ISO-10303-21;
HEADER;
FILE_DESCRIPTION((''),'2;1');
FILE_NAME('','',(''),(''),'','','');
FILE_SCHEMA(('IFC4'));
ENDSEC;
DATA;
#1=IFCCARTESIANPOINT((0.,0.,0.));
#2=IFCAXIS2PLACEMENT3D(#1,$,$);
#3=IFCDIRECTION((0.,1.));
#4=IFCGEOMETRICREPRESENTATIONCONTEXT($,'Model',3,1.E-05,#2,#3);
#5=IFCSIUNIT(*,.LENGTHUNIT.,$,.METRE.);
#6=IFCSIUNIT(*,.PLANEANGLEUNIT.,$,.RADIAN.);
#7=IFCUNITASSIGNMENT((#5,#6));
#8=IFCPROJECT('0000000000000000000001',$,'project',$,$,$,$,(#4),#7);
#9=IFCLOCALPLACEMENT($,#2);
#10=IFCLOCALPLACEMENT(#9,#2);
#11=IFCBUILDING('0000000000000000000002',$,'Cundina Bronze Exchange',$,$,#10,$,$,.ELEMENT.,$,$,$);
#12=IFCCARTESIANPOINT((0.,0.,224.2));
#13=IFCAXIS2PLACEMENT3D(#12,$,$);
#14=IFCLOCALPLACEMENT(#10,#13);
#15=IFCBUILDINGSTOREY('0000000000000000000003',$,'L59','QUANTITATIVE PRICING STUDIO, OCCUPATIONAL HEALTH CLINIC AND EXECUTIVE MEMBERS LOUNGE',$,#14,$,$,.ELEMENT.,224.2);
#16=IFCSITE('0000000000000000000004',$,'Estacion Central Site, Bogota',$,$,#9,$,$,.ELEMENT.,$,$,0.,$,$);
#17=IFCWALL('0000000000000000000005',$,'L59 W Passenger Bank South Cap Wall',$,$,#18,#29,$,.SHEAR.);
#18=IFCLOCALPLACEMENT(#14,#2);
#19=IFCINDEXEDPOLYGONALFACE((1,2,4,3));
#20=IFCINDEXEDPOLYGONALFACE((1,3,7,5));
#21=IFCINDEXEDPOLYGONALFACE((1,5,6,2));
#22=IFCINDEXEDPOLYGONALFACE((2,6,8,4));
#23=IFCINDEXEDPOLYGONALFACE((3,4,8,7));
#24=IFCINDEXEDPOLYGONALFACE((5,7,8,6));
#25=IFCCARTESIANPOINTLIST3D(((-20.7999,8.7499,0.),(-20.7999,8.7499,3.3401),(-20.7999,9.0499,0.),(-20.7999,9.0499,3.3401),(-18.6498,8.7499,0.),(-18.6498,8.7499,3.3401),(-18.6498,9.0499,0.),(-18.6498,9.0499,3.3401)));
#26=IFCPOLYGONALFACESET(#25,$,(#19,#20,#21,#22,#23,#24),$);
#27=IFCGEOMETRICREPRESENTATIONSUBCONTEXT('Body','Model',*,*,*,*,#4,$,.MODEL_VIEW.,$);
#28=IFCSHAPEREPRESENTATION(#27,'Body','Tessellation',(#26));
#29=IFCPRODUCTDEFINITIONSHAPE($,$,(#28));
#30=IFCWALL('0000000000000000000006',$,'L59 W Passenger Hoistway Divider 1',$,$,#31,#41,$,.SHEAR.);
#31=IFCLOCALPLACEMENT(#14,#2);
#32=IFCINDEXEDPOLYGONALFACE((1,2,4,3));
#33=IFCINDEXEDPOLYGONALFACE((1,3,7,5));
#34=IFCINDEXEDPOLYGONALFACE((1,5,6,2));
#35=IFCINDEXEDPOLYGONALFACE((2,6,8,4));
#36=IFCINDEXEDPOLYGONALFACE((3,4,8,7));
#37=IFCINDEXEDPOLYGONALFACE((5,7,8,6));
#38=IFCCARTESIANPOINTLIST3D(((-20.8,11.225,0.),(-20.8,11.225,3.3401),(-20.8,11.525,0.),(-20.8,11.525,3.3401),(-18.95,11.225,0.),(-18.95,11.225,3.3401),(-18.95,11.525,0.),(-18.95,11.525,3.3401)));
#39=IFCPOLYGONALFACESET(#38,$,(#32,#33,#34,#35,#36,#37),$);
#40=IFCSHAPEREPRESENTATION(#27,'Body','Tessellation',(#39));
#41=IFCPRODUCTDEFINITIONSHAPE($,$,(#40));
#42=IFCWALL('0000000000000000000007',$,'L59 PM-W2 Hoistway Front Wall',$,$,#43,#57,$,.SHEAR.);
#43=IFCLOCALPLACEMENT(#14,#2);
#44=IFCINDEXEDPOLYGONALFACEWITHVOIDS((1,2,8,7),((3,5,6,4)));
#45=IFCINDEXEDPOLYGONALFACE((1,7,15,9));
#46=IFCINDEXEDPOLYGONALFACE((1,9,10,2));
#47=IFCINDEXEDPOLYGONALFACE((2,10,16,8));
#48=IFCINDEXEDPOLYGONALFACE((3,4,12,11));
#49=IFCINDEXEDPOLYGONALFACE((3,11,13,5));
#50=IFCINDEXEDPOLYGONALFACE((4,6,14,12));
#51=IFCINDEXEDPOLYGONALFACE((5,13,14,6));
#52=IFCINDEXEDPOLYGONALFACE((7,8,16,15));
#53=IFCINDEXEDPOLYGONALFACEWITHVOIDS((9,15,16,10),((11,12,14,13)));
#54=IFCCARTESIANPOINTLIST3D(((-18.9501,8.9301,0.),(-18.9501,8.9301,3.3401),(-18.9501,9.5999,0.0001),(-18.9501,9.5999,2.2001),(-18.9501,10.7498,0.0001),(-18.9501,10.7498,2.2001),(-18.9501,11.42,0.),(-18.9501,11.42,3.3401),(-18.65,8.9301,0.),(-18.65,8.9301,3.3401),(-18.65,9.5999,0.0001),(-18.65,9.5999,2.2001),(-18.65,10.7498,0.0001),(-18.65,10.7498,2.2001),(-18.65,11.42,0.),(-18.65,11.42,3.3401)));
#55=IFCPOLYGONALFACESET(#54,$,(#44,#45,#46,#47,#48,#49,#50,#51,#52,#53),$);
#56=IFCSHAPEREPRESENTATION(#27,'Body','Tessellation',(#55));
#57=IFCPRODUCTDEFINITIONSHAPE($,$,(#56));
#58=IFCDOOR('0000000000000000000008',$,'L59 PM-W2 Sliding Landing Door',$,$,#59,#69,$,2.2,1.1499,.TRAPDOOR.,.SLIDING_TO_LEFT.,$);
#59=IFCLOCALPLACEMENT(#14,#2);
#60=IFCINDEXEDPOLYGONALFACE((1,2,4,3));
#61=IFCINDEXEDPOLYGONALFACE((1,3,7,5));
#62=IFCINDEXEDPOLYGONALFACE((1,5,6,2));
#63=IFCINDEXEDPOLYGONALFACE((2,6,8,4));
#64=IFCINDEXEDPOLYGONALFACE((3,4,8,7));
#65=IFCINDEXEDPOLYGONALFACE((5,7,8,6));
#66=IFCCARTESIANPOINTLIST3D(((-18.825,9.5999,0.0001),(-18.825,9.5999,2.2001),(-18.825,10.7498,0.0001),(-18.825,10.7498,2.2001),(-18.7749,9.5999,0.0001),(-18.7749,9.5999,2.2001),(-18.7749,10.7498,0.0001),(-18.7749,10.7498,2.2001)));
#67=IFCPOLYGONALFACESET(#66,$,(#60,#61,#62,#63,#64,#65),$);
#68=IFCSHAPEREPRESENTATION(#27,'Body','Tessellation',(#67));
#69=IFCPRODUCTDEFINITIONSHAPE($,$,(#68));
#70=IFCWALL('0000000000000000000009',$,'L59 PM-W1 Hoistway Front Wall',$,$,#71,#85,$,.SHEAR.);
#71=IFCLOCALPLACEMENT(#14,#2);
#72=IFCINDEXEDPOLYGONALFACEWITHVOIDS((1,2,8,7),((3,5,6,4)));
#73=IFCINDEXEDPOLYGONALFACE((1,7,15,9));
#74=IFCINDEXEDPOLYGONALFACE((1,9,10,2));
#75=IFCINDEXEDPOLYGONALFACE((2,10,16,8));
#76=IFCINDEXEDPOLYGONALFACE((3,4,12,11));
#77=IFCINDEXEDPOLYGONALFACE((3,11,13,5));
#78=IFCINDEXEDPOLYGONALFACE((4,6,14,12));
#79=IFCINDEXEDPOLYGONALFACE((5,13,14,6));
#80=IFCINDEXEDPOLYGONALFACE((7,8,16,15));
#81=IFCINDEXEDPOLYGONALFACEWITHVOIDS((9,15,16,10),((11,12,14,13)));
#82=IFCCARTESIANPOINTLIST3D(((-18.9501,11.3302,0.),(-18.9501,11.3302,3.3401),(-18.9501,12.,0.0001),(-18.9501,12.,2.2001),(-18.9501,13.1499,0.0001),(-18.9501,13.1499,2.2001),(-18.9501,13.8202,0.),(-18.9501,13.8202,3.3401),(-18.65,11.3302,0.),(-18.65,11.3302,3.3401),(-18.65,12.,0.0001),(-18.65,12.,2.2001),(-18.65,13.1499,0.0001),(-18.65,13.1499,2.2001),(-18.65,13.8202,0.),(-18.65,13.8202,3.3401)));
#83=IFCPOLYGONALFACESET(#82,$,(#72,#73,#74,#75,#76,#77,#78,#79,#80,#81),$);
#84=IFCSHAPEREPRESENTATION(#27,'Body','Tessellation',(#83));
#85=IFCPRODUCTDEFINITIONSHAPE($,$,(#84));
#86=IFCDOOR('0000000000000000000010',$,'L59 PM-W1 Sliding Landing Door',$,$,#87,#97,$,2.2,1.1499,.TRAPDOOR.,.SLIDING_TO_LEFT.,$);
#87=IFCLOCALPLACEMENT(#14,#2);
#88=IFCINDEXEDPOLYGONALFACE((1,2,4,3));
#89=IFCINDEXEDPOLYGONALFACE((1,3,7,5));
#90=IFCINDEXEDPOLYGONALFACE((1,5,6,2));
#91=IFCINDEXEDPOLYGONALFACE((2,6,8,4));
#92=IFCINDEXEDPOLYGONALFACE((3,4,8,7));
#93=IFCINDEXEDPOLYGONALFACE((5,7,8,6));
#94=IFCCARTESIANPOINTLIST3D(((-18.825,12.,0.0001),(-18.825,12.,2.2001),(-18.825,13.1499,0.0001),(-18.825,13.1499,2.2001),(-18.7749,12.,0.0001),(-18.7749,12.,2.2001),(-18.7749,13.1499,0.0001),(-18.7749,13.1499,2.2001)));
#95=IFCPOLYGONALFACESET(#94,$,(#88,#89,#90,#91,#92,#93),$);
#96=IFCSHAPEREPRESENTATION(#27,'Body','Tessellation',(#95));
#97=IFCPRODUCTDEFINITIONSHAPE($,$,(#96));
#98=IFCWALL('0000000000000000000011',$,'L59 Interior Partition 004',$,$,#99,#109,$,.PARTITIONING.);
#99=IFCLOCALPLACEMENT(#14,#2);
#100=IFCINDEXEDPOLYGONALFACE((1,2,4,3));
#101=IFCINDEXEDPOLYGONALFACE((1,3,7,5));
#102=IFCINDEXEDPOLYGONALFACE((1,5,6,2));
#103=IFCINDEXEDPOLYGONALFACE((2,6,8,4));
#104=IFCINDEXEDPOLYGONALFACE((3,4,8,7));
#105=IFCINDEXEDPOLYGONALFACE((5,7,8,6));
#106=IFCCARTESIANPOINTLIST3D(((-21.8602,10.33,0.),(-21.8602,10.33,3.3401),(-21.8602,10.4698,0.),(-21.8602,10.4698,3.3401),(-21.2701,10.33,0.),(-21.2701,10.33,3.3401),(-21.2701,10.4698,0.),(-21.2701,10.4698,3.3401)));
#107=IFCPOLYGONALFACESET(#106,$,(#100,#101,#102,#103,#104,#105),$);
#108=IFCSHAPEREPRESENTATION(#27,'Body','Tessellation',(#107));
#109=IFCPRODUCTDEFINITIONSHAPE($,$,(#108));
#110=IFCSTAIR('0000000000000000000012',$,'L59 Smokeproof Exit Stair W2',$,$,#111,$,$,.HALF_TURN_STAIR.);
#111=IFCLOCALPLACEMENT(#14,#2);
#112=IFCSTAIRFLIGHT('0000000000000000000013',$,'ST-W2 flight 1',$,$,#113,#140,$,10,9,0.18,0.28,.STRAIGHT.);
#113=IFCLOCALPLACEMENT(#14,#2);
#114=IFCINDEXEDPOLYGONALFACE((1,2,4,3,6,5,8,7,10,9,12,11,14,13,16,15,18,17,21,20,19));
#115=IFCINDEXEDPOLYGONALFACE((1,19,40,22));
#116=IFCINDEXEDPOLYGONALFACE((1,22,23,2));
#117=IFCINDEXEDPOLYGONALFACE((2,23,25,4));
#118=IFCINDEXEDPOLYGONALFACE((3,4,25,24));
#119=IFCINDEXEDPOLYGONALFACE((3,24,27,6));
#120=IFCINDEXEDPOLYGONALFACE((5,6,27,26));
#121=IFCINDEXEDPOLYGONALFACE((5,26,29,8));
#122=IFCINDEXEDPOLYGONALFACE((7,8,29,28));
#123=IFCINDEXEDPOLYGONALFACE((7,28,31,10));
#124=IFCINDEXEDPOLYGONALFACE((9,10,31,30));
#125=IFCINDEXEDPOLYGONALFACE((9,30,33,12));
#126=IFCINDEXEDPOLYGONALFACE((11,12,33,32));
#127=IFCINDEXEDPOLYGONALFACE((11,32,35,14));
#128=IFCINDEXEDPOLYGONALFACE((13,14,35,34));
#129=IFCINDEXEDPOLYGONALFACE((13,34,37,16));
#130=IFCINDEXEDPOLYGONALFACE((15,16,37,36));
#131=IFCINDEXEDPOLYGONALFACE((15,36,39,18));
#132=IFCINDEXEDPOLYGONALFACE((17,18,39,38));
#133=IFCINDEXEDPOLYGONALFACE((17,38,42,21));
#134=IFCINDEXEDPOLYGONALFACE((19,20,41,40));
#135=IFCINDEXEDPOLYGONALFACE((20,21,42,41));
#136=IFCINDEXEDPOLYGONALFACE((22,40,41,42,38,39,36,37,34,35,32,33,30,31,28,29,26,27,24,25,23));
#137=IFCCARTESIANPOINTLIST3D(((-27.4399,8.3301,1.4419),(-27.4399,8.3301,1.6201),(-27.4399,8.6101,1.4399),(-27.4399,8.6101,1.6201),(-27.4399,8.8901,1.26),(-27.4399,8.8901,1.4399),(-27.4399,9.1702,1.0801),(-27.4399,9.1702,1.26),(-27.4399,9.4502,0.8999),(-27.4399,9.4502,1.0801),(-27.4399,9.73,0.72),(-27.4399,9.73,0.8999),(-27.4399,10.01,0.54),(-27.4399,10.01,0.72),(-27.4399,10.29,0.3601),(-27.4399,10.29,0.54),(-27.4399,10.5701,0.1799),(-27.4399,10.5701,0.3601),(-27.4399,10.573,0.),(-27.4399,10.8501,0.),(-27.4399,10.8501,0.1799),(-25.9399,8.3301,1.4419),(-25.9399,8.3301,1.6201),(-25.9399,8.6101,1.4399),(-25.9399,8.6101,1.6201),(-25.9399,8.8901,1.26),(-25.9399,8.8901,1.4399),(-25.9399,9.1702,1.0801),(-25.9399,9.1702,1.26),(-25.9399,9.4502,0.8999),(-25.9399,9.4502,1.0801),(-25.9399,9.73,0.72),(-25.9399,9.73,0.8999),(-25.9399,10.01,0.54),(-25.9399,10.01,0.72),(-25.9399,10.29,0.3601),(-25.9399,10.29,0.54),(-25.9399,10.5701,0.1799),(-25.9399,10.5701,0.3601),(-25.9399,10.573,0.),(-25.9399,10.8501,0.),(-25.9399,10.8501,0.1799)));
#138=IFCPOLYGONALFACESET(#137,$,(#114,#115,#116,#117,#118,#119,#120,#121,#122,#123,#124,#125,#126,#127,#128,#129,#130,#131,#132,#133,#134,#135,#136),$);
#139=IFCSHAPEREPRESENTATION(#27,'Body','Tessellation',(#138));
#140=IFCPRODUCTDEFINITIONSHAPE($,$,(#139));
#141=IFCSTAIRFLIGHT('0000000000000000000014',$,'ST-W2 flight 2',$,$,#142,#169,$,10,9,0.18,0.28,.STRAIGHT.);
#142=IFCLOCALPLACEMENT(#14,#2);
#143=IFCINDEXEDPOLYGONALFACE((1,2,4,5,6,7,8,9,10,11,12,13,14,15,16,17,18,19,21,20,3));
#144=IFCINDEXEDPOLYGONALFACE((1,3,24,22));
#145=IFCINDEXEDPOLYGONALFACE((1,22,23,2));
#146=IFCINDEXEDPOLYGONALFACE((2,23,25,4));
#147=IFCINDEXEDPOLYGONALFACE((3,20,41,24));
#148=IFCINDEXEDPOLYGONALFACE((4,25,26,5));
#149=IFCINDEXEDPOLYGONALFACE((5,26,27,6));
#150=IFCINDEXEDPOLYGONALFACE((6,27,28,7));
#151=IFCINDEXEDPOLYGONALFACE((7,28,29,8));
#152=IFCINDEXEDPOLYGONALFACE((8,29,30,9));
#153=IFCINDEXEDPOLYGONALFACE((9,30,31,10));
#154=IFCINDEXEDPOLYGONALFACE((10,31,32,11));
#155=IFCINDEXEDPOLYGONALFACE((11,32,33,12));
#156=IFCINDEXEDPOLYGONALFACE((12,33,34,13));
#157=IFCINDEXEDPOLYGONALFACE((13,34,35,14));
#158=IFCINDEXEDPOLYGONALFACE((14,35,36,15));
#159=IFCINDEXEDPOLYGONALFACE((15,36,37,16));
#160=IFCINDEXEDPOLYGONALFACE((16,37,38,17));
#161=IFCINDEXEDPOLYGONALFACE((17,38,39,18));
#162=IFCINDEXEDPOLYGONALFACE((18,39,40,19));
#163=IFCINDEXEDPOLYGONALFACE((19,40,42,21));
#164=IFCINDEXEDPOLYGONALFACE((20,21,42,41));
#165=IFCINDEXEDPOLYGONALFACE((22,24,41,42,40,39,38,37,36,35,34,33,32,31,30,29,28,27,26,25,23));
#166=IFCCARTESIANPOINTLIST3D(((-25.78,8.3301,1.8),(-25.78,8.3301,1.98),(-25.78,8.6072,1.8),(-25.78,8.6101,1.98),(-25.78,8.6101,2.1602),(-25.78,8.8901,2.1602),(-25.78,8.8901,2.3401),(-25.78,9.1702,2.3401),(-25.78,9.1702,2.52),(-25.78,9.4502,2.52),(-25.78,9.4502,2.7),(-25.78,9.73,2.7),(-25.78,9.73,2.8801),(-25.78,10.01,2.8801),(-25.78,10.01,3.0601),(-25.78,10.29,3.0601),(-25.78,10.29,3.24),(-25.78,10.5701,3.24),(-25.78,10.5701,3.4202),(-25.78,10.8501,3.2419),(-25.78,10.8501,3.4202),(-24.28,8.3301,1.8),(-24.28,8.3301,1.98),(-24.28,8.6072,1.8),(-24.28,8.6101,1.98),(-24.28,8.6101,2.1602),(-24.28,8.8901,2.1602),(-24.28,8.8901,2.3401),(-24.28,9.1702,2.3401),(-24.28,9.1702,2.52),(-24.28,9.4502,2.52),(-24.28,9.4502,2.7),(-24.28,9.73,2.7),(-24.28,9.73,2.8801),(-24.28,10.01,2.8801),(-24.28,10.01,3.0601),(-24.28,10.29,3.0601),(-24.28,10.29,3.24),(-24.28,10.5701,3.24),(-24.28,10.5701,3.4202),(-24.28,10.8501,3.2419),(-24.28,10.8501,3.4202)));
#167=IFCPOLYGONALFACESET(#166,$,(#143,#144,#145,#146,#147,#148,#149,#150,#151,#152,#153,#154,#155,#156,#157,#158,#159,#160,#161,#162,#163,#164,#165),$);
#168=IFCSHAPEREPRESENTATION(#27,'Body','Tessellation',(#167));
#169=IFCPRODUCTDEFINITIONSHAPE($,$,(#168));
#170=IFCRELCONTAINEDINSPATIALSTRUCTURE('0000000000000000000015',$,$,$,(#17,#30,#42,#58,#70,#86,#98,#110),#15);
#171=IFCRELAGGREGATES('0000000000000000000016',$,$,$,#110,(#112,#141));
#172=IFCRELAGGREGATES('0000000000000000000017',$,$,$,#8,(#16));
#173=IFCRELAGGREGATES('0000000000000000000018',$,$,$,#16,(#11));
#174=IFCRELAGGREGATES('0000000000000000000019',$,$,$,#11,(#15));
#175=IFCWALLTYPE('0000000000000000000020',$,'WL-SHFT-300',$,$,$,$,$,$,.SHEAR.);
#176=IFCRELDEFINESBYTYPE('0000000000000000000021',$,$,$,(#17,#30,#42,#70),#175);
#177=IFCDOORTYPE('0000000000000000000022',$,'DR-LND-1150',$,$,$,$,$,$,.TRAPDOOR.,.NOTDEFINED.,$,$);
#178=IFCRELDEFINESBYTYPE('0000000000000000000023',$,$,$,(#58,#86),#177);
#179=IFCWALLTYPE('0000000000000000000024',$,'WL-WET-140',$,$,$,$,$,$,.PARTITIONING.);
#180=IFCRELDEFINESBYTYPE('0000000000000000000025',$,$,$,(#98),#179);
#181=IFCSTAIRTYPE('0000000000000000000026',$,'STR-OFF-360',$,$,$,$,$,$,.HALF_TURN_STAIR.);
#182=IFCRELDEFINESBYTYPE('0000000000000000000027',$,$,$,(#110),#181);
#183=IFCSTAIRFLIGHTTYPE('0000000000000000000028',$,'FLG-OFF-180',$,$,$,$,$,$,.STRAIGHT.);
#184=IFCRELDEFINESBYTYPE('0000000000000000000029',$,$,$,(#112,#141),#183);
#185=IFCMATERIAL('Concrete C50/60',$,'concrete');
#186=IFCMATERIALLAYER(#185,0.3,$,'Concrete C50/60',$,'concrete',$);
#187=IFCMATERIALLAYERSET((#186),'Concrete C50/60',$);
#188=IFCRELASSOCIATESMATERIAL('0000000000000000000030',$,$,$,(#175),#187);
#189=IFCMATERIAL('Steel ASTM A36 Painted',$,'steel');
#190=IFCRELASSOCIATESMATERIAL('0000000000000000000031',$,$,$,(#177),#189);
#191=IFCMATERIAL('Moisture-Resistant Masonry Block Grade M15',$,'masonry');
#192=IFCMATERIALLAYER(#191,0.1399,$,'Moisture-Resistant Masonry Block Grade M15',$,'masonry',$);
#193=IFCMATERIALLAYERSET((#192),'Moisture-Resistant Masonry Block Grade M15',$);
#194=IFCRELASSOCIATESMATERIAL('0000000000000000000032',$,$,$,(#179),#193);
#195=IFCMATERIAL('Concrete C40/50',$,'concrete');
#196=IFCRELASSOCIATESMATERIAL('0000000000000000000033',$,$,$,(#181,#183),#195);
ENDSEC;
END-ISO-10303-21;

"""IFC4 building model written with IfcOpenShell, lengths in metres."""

from ifc_helpers import new_model, si_unit, direction, frame, frame_2d, origin, place, context, subcontext, project, spatial, polyline, rectangle, outline, extrude, material, layer, layer_set, type_object, element, fill, aggregate, save


model = new_model("IFC4")

# Units and contexts
model_context = context("Model", 3, precision=1e-05, world=origin(), true_north=direction((0.0, 1.0)))
body_context = subcontext(model_context, "Body", "Model", "MODEL_VIEW")
ifc_project = project(units=[si_unit("LENGTHUNIT", "METRE"), si_unit("PLANEANGLEUNIT", "RADIAN")], contexts=[model_context])

# Site, building, storey
site_placement = place(None, origin())
site = spatial("IfcSite", under=ifc_project, at=site_placement, Name="Estacion Central Site, Bogota", CompositionType="ELEMENT", RefElevation=0.0)
building_placement = place(site_placement, origin())
building = spatial("IfcBuilding", under=site, at=building_placement, Name="Cundina Bronze Exchange", CompositionType="ELEMENT")
storey_placement = place(building_placement, frame((0.0, 0.0, 224.2)))
storey = spatial("IfcBuildingStorey", under=building, at=storey_placement, Name="L59", Description="QUANTITATIVE PRICING STUDIO, OCCUPATIONAL HEALTH CLINIC AND EXECUTIVE MEMBERS LOUNGE", CompositionType="ELEMENT", Elevation=224.2)

# Shared definitions
ifc_material_1 = material(Name="Concrete C50/60", Category="concrete")

# Shared definitions
ifc_layer_1 = layer(ifc_material_1, 0.3, Name="Concrete C50/60", Category="concrete")
ifc_layer_set_1 = layer_set([ifc_layer_1], Name="Concrete C50/60")
wall_type_1 = type_object("IfcWallType", Name="WL-SHFT-300", PredefinedType="SHEAR", material=ifc_layer_set_1)
ifc_material_2 = material(Name="Steel ASTM A36 Painted", Category="steel")
door_type_1 = type_object("IfcDoorType", Name="DR-LND-1150", OperationType="NOTDEFINED", PredefinedType="TRAPDOOR", material=ifc_material_2)

# Walls
wall_1_placement = place(storey_placement, frame((-20.8, 8.8999, 0.0), z_axis=(0.0, 0.0, 1.0), x_axis=(1.0, 0.0, 0.0)))
element("IfcWall", 1, at=wall_1_placement, inside=storey, type_object=wall_type_1, Name="L59 W Passenger Bank South Cap Wall", PredefinedType="SHEAR", context=body_context, shape_type="SweptSolid", body=[
    extrude(rectangle(XDim=2.1501, YDim=0.3, at=frame_2d((1.0752, 0.0))), origin(), (0.0, 0.0, 1.0), 3.3401),
])
wall_2_placement = place(storey_placement, frame((-20.8, 11.375, 0.0), z_axis=(0.0, 0.0, 1.0), x_axis=(1.0, 0.0, 0.0)))
element("IfcWall", 2, at=wall_2_placement, inside=storey, type_object=wall_type_1, Name="L59 W Passenger Hoistway Divider 1", PredefinedType="SHEAR", context=body_context, shape_type="SweptSolid", body=[
    extrude(rectangle(XDim=1.8501, YDim=0.3, at=frame_2d((0.925, 0.0))), origin(), (0.0, 0.0, 1.0), 3.3401),
])

# Walls, openings, doors
wall_3_placement = place(storey_placement, frame((-18.8, 8.9299, 0.0), z_axis=(0.0, 0.0, 1.0), x_axis=(0.0, 1.0, 0.0)))
wall_3 = element("IfcWall", 3, at=wall_3_placement, inside=storey, type_object=wall_type_1, Name="L59 PM-W2 Hoistway Front Wall", PredefinedType="SHEAR", context=body_context, shape_type="SweptSolid", body=[
    extrude(rectangle(XDim=2.49, YDim=0.3, at=frame_2d((1.2451, 0.0))), origin(), (0.0, 0.0, 1.0), 3.3401),
])
opening_1_placement = place(wall_3_placement, frame((0.6699, 0.0, 0.0)))
opening_1 = element("IfcOpeningElement", 4, at=opening_1_placement, cuts=wall_3, PredefinedType="OPENING", context=body_context, shape_type="SweptSolid", body=[
    extrude(rectangle(XDim=1.1499, YDim=2.2, at=frame_2d((0.575, 1.1001))), frame((0.0, 0.1599, 0.0), z_axis=(0.0, -1.0, 0.0), x_axis=(1.0, 0.0, 0.0)), (0.0, 0.0, 1.0), 0.3201),
])
door_1_placement = place(opening_1_placement, origin())
door_1 = element("IfcDoor", 5, at=door_1_placement, inside=storey, type_object=door_type_1, Name="L59 PM-W2 Sliding Landing Door", OperationType="SLIDING_TO_LEFT", OverallHeight=2.2, OverallWidth=1.1499, PredefinedType="TRAPDOOR", context=body_context, shape_type="SweptSolid", body=[
    extrude(rectangle(XDim=1.1499, YDim=2.2, at=frame_2d((0.575, 1.1001))), frame((0.0, 0.0249, 0.0), z_axis=(0.0, -1.0, 0.0), x_axis=(1.0, 0.0, 0.0)), (0.0, 0.0, 1.0), 0.05),
])
fill(opening_1, door_1)
wall_4_placement = place(storey_placement, frame((-18.8, 11.3301, 0.0), z_axis=(0.0, 0.0, 1.0), x_axis=(0.0, 1.0, 0.0)))
wall_4 = element("IfcWall", 6, at=wall_4_placement, inside=storey, type_object=wall_type_1, Name="L59 PM-W1 Hoistway Front Wall", PredefinedType="SHEAR", context=body_context, shape_type="SweptSolid", body=[
    extrude(rectangle(XDim=2.49, YDim=0.3, at=frame_2d((1.2451, 0.0))), origin(), (0.0, 0.0, 1.0), 3.3401),
])
opening_2_placement = place(wall_4_placement, frame((0.6699, 0.0, 0.0)))
opening_2 = element("IfcOpeningElement", 7, at=opening_2_placement, cuts=wall_4, PredefinedType="OPENING", context=body_context, shape_type="SweptSolid", body=[
    extrude(rectangle(XDim=1.1499, YDim=2.2, at=frame_2d((0.575, 1.1001))), frame((0.0, 0.1599, 0.0), z_axis=(0.0, -1.0, 0.0), x_axis=(1.0, 0.0, 0.0)), (0.0, 0.0, 1.0), 0.3201),
])
door_2_placement = place(opening_2_placement, origin())
door_2 = element("IfcDoor", 8, at=door_2_placement, inside=storey, type_object=door_type_1, Name="L59 PM-W1 Sliding Landing Door", OperationType="SLIDING_TO_LEFT", OverallHeight=2.2, OverallWidth=1.1499, PredefinedType="TRAPDOOR", context=body_context, shape_type="SweptSolid", body=[
    extrude(rectangle(XDim=1.1499, YDim=2.2, at=frame_2d((0.575, 1.1001))), frame((0.0, 0.0249, 0.0), z_axis=(0.0, -1.0, 0.0), x_axis=(1.0, 0.0, 0.0)), (0.0, 0.0, 1.0), 0.05),
])
fill(opening_2, door_2)

# Wall
ifc_material_3 = material(Name="Moisture-Resistant Masonry Block Grade M15", Category="masonry")
ifc_layer_2 = layer(ifc_material_3, 0.1399, Name="Moisture-Resistant Masonry Block Grade M15", Category="masonry")
ifc_layer_set_2 = layer_set([ifc_layer_2], Name="Moisture-Resistant Masonry Block Grade M15")
wall_type_2 = type_object("IfcWallType", Name="WL-WET-140", PredefinedType="PARTITIONING", material=ifc_layer_set_2)
wall_5_placement = place(storey_placement, frame((-21.8601, 10.3999, 0.0), z_axis=(0.0, 0.0, 1.0), x_axis=(1.0, 0.0, 0.0)))
element("IfcWall", 9, at=wall_5_placement, inside=storey, type_object=wall_type_2, Name="L59 Interior Partition 004", PredefinedType="PARTITIONING", context=body_context, shape_type="SweptSolid", body=[
    extrude(rectangle(XDim=0.5901, YDim=0.1399, at=frame_2d((0.2949, 0.0))), origin(), (0.0, 0.0, 1.0), 3.3401),
])

# Stair, stair flights
ifc_material_4 = material(Name="Concrete C40/50", Category="concrete")
stair_type = type_object("IfcStairType", Name="STR-OFF-360", PredefinedType="HALF_TURN_STAIR", material=ifc_material_4)
stair_placement = place(storey_placement, origin())
stair = element("IfcStair", 10, at=stair_placement, inside=storey, type_object=stair_type, Name="L59 Smokeproof Exit Stair W2", PredefinedType="HALF_TURN_STAIR")
stair_flight_type = type_object("IfcStairFlightType", Name="FLG-OFF-180", PredefinedType="STRAIGHT", material=ifc_material_4)
stair_flight_1_placement = place(storey_placement, frame((-26.6899, 10.8501, 0.0), z_axis=(0.0, 0.0, 1.0), x_axis=(0.0, -1.0, 0.0)))
stair_flight_1 = element("IfcStairFlight", 11, at=stair_flight_1_placement, type_object=stair_flight_type, Name="ST-W2 flight 1", NumberOfRisers=10, NumberOfTreads=9, PredefinedType="STRAIGHT", RiserHeight=0.18, TreadLength=0.28, context=body_context, shape_type="SweptSolid", body=[
    extrude(outline(polyline([(0.0, 0.0), (0.0, 0.1799), (0.28, 0.1799), (0.28, 0.3601), (0.5601, 0.3601), (0.5601, 0.54), (0.8401, 0.54), (0.8401, 0.72), (1.1201, 0.72), (1.1201, 0.8999), (1.3999, 0.8999), (1.3999, 1.0801), (1.6799, 1.0801), (1.6799, 1.26), (1.96, 1.26), (1.96, 1.4399), (2.24, 1.4399), (2.24, 1.6201), (2.52, 1.6201), (2.52, 1.8), (2.52, 1.4419), (0.2771, 0.0), (0.0, 0.0)])), frame((0.0, 0.75, 0.0), z_axis=(0.0, -1.0, 0.0), x_axis=(1.0, 0.0, 0.0)), (0.0, 0.0, 1.0), 1.5),
])
stair_flight_2_placement = place(storey_placement, frame((-25.03, 8.3301, 1.8), z_axis=(0.0, 0.0, 1.0), x_axis=(0.0, 1.0, 0.0)))
stair_flight_2 = element("IfcStairFlight", 12, at=stair_flight_2_placement, type_object=stair_flight_type, Name="ST-W2 flight 2", NumberOfRisers=10, NumberOfTreads=9, PredefinedType="STRAIGHT", RiserHeight=0.18, TreadLength=0.28, context=body_context, shape_type="SweptSolid", body=[
    extrude(outline(polyline([(0.0, 0.0), (0.0, 0.1799), (0.28, 0.1799), (0.28, 0.3601), (0.5601, 0.3601), (0.5601, 0.54), (0.8401, 0.54), (0.8401, 0.72), (1.1201, 0.72), (1.1201, 0.8999), (1.3999, 0.8999), (1.3999, 1.0801), (1.6799, 1.0801), (1.6799, 1.26), (1.96, 1.26), (1.96, 1.4399), (2.24, 1.4399), (2.24, 1.6201), (2.52, 1.6201), (2.52, 1.8), (2.52, 1.4419), (0.2771, 0.0), (0.0, 0.0)])), frame((0.0, 0.75, 0.0), z_axis=(0.0, -1.0, 0.0), x_axis=(1.0, 0.0, 0.0)), (0.0, 0.0, 1.0), 1.5),
])
aggregate(stair, [stair_flight_1, stair_flight_2])

save(model, "model.ifc")
